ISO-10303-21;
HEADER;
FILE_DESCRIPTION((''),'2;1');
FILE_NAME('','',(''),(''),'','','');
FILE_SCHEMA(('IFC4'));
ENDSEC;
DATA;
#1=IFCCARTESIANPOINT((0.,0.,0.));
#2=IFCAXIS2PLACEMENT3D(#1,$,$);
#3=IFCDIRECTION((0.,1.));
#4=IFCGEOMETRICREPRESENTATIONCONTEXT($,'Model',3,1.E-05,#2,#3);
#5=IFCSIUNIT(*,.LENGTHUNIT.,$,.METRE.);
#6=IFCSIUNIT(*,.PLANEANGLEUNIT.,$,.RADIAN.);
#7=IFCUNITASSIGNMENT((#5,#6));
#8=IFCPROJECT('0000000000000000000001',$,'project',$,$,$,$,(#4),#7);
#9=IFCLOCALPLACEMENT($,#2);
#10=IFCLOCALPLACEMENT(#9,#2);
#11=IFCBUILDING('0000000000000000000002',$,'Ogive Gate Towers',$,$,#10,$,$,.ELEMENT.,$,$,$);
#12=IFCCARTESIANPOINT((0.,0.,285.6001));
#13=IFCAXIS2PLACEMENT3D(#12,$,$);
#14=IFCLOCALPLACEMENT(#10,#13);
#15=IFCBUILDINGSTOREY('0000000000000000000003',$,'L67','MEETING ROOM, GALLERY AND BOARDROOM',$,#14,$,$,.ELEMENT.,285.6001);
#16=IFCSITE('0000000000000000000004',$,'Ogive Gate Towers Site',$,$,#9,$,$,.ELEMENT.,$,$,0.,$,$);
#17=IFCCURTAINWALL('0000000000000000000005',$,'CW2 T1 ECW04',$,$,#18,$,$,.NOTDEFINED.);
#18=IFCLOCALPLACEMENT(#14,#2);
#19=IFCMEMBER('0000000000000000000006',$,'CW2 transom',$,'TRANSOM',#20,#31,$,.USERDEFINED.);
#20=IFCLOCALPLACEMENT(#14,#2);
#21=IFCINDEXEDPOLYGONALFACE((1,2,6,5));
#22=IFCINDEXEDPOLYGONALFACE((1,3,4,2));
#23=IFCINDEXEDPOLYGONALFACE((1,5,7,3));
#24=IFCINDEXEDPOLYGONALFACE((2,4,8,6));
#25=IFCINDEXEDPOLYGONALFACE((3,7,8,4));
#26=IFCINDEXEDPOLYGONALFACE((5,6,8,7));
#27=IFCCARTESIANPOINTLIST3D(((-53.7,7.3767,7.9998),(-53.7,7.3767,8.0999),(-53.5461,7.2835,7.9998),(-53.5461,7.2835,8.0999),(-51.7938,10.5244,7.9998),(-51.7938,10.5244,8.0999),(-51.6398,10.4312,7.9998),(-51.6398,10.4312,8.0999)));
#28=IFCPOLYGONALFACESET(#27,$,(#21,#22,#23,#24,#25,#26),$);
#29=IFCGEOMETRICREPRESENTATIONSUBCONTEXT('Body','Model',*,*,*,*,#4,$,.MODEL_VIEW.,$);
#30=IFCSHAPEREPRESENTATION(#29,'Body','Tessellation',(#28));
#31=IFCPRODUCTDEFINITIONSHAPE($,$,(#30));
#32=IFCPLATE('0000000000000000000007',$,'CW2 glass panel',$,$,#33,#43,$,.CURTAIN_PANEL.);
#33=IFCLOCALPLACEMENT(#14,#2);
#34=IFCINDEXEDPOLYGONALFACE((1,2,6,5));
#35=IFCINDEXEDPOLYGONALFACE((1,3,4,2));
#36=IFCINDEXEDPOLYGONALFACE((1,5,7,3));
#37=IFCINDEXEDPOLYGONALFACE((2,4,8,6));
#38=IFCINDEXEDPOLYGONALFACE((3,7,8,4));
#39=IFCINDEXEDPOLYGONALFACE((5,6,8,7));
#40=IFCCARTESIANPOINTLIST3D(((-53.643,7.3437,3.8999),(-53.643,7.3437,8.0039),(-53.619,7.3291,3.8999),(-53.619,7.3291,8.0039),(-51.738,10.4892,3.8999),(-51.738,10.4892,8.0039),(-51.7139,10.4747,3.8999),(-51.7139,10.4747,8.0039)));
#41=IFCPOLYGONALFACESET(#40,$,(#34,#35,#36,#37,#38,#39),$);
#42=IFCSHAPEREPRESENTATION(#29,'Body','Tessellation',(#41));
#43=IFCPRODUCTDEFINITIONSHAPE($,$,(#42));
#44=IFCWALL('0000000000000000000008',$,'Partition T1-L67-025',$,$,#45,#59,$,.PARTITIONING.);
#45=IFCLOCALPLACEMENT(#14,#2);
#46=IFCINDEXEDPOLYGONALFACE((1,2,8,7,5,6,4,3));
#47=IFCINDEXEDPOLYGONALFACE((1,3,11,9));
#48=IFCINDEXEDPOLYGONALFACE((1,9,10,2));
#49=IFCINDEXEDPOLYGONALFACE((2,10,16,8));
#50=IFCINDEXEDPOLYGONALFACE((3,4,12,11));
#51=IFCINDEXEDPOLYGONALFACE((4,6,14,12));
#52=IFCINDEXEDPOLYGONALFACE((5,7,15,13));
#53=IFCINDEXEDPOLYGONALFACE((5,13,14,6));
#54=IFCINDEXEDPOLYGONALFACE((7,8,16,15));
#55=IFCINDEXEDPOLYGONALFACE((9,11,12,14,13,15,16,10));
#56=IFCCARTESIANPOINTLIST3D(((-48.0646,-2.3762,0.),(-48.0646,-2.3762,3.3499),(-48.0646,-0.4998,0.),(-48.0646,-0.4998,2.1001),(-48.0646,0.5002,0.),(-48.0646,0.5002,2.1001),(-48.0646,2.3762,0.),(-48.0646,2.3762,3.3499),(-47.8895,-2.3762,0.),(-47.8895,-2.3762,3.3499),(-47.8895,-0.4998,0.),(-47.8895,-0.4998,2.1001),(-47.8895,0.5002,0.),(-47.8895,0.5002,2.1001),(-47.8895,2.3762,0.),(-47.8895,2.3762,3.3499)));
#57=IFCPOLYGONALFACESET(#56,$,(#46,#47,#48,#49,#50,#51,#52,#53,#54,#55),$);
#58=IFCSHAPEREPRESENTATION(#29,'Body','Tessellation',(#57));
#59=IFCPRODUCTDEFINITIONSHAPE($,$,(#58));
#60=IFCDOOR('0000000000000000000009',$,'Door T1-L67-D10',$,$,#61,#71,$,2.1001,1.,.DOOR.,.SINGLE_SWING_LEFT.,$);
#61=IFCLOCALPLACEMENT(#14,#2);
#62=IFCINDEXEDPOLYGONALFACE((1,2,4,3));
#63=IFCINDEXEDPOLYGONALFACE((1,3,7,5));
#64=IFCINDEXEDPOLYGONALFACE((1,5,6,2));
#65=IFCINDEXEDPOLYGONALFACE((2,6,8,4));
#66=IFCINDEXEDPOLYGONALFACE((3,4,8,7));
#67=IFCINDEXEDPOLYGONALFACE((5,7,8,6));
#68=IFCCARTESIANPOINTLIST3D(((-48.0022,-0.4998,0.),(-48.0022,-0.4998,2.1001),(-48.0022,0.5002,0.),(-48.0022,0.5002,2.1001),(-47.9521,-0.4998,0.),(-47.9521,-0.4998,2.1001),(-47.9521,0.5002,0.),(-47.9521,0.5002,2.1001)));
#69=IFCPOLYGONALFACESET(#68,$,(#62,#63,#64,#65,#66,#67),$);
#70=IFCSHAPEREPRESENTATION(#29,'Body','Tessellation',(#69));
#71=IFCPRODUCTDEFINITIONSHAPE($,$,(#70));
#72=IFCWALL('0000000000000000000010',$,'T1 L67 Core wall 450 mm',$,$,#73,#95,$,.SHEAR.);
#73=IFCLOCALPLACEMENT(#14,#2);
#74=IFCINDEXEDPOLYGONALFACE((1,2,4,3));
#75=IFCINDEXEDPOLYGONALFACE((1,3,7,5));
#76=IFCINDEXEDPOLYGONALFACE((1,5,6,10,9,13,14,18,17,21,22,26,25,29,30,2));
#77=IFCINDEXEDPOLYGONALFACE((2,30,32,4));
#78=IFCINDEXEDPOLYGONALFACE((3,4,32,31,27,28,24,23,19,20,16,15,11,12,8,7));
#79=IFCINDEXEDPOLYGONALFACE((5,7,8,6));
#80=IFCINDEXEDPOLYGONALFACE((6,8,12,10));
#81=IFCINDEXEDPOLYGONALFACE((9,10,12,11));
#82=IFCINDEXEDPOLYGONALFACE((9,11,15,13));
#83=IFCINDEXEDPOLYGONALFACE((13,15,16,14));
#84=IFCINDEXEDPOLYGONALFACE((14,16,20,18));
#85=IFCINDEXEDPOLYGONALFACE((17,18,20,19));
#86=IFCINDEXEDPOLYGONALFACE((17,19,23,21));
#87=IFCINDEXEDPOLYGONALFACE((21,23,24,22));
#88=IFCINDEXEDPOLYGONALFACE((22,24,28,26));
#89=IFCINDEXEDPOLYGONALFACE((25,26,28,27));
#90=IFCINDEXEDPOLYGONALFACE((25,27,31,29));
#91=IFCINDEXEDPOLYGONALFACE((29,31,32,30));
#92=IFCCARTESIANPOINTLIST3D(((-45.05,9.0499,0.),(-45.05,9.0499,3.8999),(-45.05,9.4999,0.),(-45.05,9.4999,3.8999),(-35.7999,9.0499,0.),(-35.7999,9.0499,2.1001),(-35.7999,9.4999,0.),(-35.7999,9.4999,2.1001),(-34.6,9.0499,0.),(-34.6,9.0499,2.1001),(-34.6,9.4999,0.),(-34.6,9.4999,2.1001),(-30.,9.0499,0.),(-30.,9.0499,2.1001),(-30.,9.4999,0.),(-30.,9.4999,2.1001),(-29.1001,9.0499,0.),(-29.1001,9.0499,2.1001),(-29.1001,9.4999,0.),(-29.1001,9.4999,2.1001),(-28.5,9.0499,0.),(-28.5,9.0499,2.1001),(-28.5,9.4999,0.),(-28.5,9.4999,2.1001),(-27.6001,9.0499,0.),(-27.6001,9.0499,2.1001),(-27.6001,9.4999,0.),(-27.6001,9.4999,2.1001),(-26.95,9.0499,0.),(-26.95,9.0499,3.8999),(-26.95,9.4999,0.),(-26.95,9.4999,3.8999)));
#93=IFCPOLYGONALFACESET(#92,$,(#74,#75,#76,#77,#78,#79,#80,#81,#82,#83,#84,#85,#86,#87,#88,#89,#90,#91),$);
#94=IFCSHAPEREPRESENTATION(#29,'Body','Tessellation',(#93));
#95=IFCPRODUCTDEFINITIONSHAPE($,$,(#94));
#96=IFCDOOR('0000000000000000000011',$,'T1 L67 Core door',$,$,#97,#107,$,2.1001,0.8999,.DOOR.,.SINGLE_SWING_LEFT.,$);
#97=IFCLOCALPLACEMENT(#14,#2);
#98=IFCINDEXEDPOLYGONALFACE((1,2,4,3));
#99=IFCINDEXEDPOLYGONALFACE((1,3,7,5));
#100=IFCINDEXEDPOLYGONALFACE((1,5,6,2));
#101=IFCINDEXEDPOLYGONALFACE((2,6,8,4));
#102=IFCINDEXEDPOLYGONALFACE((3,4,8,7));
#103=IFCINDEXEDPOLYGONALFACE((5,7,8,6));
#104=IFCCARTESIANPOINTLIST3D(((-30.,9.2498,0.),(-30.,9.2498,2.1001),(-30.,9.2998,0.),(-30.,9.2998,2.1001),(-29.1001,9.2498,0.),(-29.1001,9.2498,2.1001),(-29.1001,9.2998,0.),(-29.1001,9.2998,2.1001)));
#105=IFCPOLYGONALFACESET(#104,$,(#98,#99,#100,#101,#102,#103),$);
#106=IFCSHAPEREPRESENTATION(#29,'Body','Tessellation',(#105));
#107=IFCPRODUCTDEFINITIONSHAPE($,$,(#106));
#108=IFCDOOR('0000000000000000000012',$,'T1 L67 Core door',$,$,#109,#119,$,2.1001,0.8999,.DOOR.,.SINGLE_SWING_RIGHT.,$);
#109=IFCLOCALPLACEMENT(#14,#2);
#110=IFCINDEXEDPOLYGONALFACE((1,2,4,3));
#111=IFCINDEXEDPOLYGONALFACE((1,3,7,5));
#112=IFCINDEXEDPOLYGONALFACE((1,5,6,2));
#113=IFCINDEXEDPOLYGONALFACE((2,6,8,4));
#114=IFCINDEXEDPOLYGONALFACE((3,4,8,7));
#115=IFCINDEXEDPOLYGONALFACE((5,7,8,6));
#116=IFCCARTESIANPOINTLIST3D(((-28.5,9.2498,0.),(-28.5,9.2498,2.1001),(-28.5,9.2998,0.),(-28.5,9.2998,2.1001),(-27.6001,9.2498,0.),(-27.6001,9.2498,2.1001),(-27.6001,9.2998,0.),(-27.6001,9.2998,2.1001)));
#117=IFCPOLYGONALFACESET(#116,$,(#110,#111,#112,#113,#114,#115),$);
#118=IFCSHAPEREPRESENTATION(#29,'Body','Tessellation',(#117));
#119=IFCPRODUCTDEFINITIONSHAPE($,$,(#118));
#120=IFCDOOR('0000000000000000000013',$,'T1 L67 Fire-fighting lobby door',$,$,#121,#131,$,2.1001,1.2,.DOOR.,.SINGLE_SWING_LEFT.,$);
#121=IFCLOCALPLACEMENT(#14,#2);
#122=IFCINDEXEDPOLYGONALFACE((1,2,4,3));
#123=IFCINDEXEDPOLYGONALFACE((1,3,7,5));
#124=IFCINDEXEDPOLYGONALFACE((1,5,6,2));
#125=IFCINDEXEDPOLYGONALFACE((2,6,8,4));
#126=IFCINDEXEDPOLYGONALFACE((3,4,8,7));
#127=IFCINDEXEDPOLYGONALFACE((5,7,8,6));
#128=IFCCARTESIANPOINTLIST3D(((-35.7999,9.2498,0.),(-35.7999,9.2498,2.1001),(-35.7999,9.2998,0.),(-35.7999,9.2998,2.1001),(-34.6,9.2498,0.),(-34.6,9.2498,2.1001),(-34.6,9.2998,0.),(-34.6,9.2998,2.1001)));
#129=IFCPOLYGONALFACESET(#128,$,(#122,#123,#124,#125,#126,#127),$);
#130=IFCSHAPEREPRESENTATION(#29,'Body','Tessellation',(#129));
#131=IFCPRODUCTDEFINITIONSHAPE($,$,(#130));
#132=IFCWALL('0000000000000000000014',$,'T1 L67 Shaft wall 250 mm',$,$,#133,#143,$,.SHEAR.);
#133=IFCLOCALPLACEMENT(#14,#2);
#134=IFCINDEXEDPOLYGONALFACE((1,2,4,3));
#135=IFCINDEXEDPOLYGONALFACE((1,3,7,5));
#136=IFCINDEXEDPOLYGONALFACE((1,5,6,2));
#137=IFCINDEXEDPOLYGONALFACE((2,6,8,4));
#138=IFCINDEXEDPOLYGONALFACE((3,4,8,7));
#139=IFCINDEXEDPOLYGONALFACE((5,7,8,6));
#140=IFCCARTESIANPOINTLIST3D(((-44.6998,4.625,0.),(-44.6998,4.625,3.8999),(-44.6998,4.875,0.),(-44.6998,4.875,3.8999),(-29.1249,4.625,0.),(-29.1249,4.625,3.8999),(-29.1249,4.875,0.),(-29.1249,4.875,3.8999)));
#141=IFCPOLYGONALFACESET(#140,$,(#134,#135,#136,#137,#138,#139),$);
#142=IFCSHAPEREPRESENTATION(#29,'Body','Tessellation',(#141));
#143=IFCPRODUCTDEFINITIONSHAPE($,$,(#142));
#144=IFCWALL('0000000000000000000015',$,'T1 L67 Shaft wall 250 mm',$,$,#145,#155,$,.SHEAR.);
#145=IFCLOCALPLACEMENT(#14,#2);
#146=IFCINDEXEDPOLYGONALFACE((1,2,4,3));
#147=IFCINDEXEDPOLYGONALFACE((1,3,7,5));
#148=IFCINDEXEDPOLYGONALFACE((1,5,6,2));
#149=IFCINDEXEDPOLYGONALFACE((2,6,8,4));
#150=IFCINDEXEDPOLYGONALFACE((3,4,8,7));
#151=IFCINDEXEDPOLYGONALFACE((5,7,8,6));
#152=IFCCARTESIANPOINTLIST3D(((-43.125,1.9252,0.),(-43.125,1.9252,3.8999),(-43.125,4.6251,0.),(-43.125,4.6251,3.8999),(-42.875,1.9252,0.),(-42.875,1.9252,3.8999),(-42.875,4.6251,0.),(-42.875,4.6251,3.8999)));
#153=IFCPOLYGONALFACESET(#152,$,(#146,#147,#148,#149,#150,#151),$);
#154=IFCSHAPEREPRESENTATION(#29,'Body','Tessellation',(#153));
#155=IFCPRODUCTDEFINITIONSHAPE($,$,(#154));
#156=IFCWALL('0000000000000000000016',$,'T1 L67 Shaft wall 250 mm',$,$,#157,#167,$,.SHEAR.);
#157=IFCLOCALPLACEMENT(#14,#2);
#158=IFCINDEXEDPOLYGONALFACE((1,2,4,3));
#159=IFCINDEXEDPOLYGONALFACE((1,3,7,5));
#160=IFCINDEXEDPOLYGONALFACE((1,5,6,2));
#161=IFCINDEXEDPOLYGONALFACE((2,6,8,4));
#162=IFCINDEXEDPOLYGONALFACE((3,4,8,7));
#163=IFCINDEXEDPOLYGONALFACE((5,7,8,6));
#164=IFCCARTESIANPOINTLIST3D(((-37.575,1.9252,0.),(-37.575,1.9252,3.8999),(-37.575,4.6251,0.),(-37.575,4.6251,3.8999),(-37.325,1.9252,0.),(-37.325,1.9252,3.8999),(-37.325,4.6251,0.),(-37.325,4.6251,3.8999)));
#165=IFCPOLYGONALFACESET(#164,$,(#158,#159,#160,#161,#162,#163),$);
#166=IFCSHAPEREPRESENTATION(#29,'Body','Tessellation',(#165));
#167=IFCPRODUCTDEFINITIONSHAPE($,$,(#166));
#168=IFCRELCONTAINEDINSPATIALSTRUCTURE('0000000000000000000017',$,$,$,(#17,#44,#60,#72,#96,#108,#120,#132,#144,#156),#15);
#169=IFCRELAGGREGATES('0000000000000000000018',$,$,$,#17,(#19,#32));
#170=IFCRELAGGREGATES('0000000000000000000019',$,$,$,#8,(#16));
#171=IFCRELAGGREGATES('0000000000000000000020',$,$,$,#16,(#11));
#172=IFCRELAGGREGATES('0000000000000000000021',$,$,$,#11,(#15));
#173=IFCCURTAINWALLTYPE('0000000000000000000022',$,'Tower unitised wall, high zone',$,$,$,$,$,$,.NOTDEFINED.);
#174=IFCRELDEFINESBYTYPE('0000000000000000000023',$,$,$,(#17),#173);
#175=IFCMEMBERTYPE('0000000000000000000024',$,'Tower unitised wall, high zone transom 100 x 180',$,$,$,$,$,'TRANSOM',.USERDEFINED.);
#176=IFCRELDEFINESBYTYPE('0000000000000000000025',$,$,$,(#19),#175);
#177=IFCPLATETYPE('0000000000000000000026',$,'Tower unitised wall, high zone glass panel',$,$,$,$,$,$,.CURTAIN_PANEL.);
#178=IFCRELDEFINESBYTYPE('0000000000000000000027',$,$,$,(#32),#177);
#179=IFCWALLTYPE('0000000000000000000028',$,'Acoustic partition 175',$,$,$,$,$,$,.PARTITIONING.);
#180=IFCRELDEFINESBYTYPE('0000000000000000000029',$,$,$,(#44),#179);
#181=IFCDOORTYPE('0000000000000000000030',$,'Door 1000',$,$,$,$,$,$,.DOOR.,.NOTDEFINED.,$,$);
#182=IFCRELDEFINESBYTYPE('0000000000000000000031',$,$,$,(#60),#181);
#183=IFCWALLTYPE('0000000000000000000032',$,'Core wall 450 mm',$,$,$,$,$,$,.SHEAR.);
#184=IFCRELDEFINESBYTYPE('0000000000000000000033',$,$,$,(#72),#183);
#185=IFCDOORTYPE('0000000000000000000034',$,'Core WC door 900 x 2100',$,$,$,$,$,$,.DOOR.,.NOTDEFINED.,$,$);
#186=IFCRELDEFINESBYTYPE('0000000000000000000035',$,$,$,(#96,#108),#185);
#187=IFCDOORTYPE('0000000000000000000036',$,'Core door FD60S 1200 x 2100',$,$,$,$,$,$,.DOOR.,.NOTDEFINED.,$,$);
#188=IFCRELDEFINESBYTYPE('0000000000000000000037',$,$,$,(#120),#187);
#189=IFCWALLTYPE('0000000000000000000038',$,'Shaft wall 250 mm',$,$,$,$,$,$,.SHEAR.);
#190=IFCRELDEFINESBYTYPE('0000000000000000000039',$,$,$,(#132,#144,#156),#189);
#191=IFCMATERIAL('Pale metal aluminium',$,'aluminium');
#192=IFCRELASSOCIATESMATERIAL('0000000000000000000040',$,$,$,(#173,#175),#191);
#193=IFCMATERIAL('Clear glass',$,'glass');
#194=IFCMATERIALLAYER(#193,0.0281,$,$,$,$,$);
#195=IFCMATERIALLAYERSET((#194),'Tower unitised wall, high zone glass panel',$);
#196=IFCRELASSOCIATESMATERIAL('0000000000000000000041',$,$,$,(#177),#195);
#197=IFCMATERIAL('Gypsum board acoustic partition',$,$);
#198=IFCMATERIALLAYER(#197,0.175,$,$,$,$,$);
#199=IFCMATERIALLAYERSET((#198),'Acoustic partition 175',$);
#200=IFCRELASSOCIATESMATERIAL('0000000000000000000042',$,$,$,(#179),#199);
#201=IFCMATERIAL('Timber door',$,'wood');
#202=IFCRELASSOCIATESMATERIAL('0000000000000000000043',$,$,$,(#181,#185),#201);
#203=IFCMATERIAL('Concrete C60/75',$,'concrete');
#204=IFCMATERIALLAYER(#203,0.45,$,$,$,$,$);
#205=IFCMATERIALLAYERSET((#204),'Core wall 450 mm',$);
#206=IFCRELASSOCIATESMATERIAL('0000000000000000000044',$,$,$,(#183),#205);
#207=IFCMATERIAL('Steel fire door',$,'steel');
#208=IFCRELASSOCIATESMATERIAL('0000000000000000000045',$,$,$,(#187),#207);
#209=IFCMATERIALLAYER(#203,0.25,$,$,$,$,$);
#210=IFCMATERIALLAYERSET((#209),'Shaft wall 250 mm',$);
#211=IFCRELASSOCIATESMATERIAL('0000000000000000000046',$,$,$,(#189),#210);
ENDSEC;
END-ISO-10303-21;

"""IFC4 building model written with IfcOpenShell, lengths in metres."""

from ifc_helpers import new_model, si_unit, direction, frame, frame_2d, origin, origin_2d, place, context, subcontext, project, spatial, rectangle, extrude, material, layer, layer_set, material_profile, profile_set, type_object, element, fill, aggregate, save


model = new_model("IFC4")

# Units and contexts
model_context = context("Model", 3, precision=1e-05, world=origin(), true_north=direction((0.0, 1.0)))
body_context = subcontext(model_context, "Body", "Model", "MODEL_VIEW")
ifc_project = project(units=[si_unit("LENGTHUNIT", "METRE"), si_unit("PLANEANGLEUNIT", "RADIAN")], contexts=[model_context])

# Site, building, storey
site_placement = place(None, origin())
site = spatial("IfcSite", under=ifc_project, at=site_placement, Name="Ogive Gate Towers Site", CompositionType="ELEMENT", RefElevation=0.0)
building_placement = place(site_placement, origin())
building = spatial("IfcBuilding", under=site, at=building_placement, Name="Ogive Gate Towers", CompositionType="ELEMENT")
storey_placement = place(building_placement, frame((0.0, 0.0, 285.6001)))
storey = spatial("IfcBuildingStorey", under=building, at=storey_placement, Name="L67", Description="MEETING ROOM, GALLERY AND BOARDROOM", CompositionType="ELEMENT", Elevation=285.6001)

# Curtain wall, member, plate
ifc_material_1 = material(Name="Pale metal aluminium", Category="aluminium")
curtain_wall_type = type_object("IfcCurtainWallType", Name="Tower unitised wall, high zone", PredefinedType="NOTDEFINED", material=ifc_material_1)
curtain_wall_placement = place(storey_placement, origin())
curtain_wall = element("IfcCurtainWall", 1, at=curtain_wall_placement, inside=storey, type_object=curtain_wall_type, Name="CW2 T1 ECW04", PredefinedType="NOTDEFINED")
ifc_material_profile_1 = material_profile(ifc_material_1, rectangle(XDim=0.1799, YDim=0.1001, at=origin_2d()), Name="100 x 180 aluminium box")
ifc_profile_set_1 = profile_set([ifc_material_profile_1], Name="Pale metal aluminium")
member_type = type_object("IfcMemberType", Name="Tower unitised wall, high zone transom 100 x 180", ElementType="TRANSOM", PredefinedType="USERDEFINED", material=ifc_profile_set_1)
member_placement = place(storey_placement, frame((-51.7168, 10.4778, 8.0498), z_axis=(-0.518013, -0.855372, 0.0), x_axis=(0.855372, -0.518013, 0.0)))
member = element("IfcMember", 2, at=member_placement, type_object=member_type, Name="CW2 transom", ObjectType="TRANSOM", PredefinedType="USERDEFINED", context=body_context, shape_type="SweptSolid", body=[
    extrude(rectangle(XDim=0.1799, YDim=0.1001, at=origin_2d()), origin(), (0.0, 0.0, 1.0), 3.6799),
])
ifc_material_2 = material(Name="Clear glass", Category="glass")
ifc_layer_1 = layer(ifc_material_2, 0.0281)
ifc_layer_set_1 = layer_set([ifc_layer_1], Name="Tower unitised wall, high zone glass panel")
plate_type = type_object("IfcPlateType", Name="Tower unitised wall, high zone glass panel", PredefinedType="CURTAIN_PANEL", material=ifc_layer_set_1)
plate_placement = place(storey_placement, frame((-52.6785, 8.9092, 3.8999), z_axis=(0.0, 0.0, 1.0), x_axis=(-0.518027, -0.855364, 0.0)))
plate = element("IfcPlate", 3, at=plate_placement, type_object=plate_type, Name="CW2 glass panel", PredefinedType="CURTAIN_PANEL", context=body_context, shape_type="SweptSolid", body=[
    extrude(rectangle(XDim=3.6775, YDim=0.0281, at=origin_2d()), origin(), (0.0, 0.0, 1.0), 4.104),
])
aggregate(curtain_wall, [member, plate])

# Wall, opening, door
ifc_material_3 = material(Name="Gypsum board acoustic partition")
ifc_layer_2 = layer(ifc_material_3, 0.175)
ifc_layer_set_2 = layer_set([ifc_layer_2], Name="Acoustic partition 175")
wall_type_1 = type_object("IfcWallType", Name="Acoustic partition 175", PredefinedType="PARTITIONING", material=ifc_layer_set_2)
wall_1_placement = place(storey_placement, frame((-47.9771, 2.3762, 0.0), z_axis=(0.0, 0.0, 1.0), x_axis=(0.0, -1.0, 0.0)))
wall_1 = element("IfcWall", 4, at=wall_1_placement, inside=storey, type_object=wall_type_1, Name="Partition T1-L67-025", PredefinedType="PARTITIONING", context=body_context, shape_type="SweptSolid", body=[
    extrude(rectangle(XDim=4.7524, YDim=0.175, at=frame_2d((2.3762, 0.0))), origin(), (0.0, 0.0, 1.0), 3.3499),
])
opening_1_placement = place(wall_1_placement, frame((1.876, 0.0, 0.0)))
opening_1 = element("IfcOpeningElement", 5, at=opening_1_placement, cuts=wall_1, PredefinedType="OPENING", context=body_context, shape_type="SweptSolid", body=[
    extrude(rectangle(XDim=1.0, YDim=2.1001, at=frame_2d((0.5, 1.05))), frame((0.0, 0.0977, 0.0), z_axis=(0.0, -1.0, 0.0), x_axis=(1.0, 0.0, 0.0)), (0.0, 0.0, 1.0), 0.1951),
])
ifc_material_4 = material(Name="Timber door", Category="wood")
door_type_1 = type_object("IfcDoorType", Name="Door 1000", OperationType="NOTDEFINED", PredefinedType="DOOR", material=ifc_material_4)
door_1_placement = place(opening_1_placement, origin())
door_1 = element("IfcDoor", 6, at=door_1_placement, inside=storey, type_object=door_type_1, Name="Door T1-L67-D10", OperationType="SINGLE_SWING_LEFT", OverallHeight=2.1001, OverallWidth=1.0, PredefinedType="DOOR", context=body_context, shape_type="SweptSolid", body=[
    extrude(rectangle(XDim=1.0, YDim=2.1001, at=frame_2d((0.5, 1.05))), frame((0.0, 0.0249, 0.0), z_axis=(0.0, -1.0, 0.0), x_axis=(1.0, 0.0, 0.0)), (0.0, 0.0, 1.0), 0.05),
])
fill(opening_1, door_1)

# Wall, openings, doors
ifc_material_5 = material(Name="Concrete C60/75", Category="concrete")
ifc_layer_3 = layer(ifc_material_5, 0.45)
ifc_layer_set_3 = layer_set([ifc_layer_3], Name="Core wall 450 mm")
wall_type_2 = type_object("IfcWallType", Name="Core wall 450 mm", PredefinedType="SHEAR", material=ifc_layer_set_3)
wall_2_placement = place(storey_placement, frame((-45.05, 9.2749, 0.0), z_axis=(0.0, 0.0, 1.0), x_axis=(1.0, 0.0, 0.0)))
wall_2 = element("IfcWall", 7, at=wall_2_placement, inside=storey, type_object=wall_type_2, Name="T1 L67 Core wall 450 mm", PredefinedType="SHEAR", context=body_context, shape_type="SweptSolid", body=[
    extrude(rectangle(XDim=18.1001, YDim=0.45, at=frame_2d((9.05, 0.0))), origin(), (0.0, 0.0, 1.0), 3.8999),
])
opening_2_placement = place(wall_2_placement, frame((9.25, 0.0, 0.0)))
opening_2 = element("IfcOpeningElement", 8, at=opening_2_placement, cuts=wall_2, PredefinedType="OPENING", context=body_context, shape_type="SweptSolid", body=[
    extrude(rectangle(XDim=1.2, YDim=2.1001, at=frame_2d((0.6001, 1.05))), frame((0.0, 0.2349, 0.0), z_axis=(0.0, -1.0, 0.0), x_axis=(1.0, 0.0, 0.0)), (0.0, 0.0, 1.0), 0.47),
])
opening_3_placement = place(wall_2_placement, frame((15.05, 0.0, 0.0)))
opening_3 = element("IfcOpeningElement", 9, at=opening_3_placement, cuts=wall_2, PredefinedType="OPENING", context=body_context, shape_type="SweptSolid", body=[
    extrude(rectangle(XDim=0.8999, YDim=2.1001, at=frame_2d((0.45, 1.05))), frame((0.0, 0.2349, 0.0), z_axis=(0.0, -1.0, 0.0), x_axis=(1.0, 0.0, 0.0)), (0.0, 0.0, 1.0), 0.47),
])
opening_4_placement = place(wall_2_placement, frame((16.55, 0.0, 0.0)))
opening_4 = element("IfcOpeningElement", 10, at=opening_4_placement, cuts=wall_2, PredefinedType="OPENING", context=body_context, shape_type="SweptSolid", body=[
    extrude(rectangle(XDim=0.8999, YDim=2.1001, at=frame_2d((0.45, 1.05))), frame((0.0, 0.2349, 0.0), z_axis=(0.0, -1.0, 0.0), x_axis=(1.0, 0.0, 0.0)), (0.0, 0.0, 1.0), 0.47),
])
door_type_2 = type_object("IfcDoorType", Name="Core WC door 900 x 2100", OperationType="NOTDEFINED", PredefinedType="DOOR", material=ifc_material_4)
door_2_placement = place(opening_3_placement, origin())
door_2 = element("IfcDoor", 11, at=door_2_placement, inside=storey, type_object=door_type_2, Name="T1 L67 Core door", OperationType="SINGLE_SWING_LEFT", OverallHeight=2.1001, OverallWidth=0.8999, PredefinedType="DOOR", context=body_context, shape_type="SweptSolid", body=[
    extrude(rectangle(XDim=0.8999, YDim=2.1001, at=frame_2d((0.45, 1.05))), frame((0.0, 0.0249, 0.0), z_axis=(0.0, -1.0, 0.0), x_axis=(1.0, 0.0, 0.0)), (0.0, 0.0, 1.0), 0.05),
])
fill(opening_3, door_2)
door_3_placement = place(opening_4_placement, origin())
door_3 = element("IfcDoor", 12, at=door_3_placement, inside=storey, type_object=door_type_2, Name="T1 L67 Core door", OperationType="SINGLE_SWING_RIGHT", OverallHeight=2.1001, OverallWidth=0.8999, PredefinedType="DOOR", context=body_context, shape_type="SweptSolid", body=[
    extrude(rectangle(XDim=0.8999, YDim=2.1001, at=frame_2d((0.45, 1.05))), frame((0.0, 0.0249, 0.0), z_axis=(0.0, -1.0, 0.0), x_axis=(1.0, 0.0, 0.0)), (0.0, 0.0, 1.0), 0.05),
])
fill(opening_4, door_3)
ifc_material_6 = material(Name="Steel fire door", Category="steel")
door_type_3 = type_object("IfcDoorType", Name="Core door FD60S 1200 x 2100", OperationType="NOTDEFINED", PredefinedType="DOOR", material=ifc_material_6)
door_4_placement = place(opening_2_placement, origin())
door_4 = element("IfcDoor", 13, at=door_4_placement, inside=storey, type_object=door_type_3, Name="T1 L67 Fire-fighting lobby door", OperationType="SINGLE_SWING_LEFT", OverallHeight=2.1001, OverallWidth=1.2, PredefinedType="DOOR", context=body_context, shape_type="SweptSolid", body=[
    extrude(rectangle(XDim=1.2, YDim=2.1001, at=frame_2d((0.6001, 1.05))), frame((0.0, 0.0249, 0.0), z_axis=(0.0, -1.0, 0.0), x_axis=(1.0, 0.0, 0.0)), (0.0, 0.0, 1.0), 0.05),
])
fill(opening_2, door_4)

# Walls
ifc_layer_4 = layer(ifc_material_5, 0.25)
ifc_layer_set_4 = layer_set([ifc_layer_4], Name="Shaft wall 250 mm")
wall_type_3 = type_object("IfcWallType", Name="Shaft wall 250 mm", PredefinedType="SHEAR", material=ifc_layer_set_4)
wall_3_placement = place(storey_placement, frame((-44.7, 4.75, 0.0), z_axis=(0.0, 0.0, 1.0), x_axis=(1.0, 0.0, 0.0)))
element("IfcWall", 14, at=wall_3_placement, inside=storey, type_object=wall_type_3, Name="T1 L67 Shaft wall 250 mm", PredefinedType="SHEAR", context=body_context, shape_type="SweptSolid", body=[
    extrude(rectangle(XDim=15.575, YDim=0.25, at=frame_2d((7.7876, 0.0))), origin(), (0.0, 0.0, 1.0), 3.8999),
])
for number, where, z_axis, x_axis, name in (
    (15, (-43.0, 1.925, 0.0), (0.0, 0.0, 1.0), (0.0, 1.0, 0.0), "T1 L67 Shaft wall 250 mm"),
    (16, (-37.45, 1.925, 0.0), (0.0, 0.0, 1.0), (0.0, 1.0, 0.0), "T1 L67 Shaft wall 250 mm"),
):
    element("IfcWall", number, at=place(storey_placement, frame(where, z_axis=z_axis, x_axis=x_axis)), inside=storey, type_object=wall_type_3, Name=name, PredefinedType="SHEAR", context=body_context, shape_type="SweptSolid", body=[
        extrude(rectangle(XDim=2.7, YDim=0.25, at=frame_2d((1.3501, 0.0))), origin(), (0.0, 0.0, 1.0), 3.8999),
    ])

save(model, "model.ifc")
